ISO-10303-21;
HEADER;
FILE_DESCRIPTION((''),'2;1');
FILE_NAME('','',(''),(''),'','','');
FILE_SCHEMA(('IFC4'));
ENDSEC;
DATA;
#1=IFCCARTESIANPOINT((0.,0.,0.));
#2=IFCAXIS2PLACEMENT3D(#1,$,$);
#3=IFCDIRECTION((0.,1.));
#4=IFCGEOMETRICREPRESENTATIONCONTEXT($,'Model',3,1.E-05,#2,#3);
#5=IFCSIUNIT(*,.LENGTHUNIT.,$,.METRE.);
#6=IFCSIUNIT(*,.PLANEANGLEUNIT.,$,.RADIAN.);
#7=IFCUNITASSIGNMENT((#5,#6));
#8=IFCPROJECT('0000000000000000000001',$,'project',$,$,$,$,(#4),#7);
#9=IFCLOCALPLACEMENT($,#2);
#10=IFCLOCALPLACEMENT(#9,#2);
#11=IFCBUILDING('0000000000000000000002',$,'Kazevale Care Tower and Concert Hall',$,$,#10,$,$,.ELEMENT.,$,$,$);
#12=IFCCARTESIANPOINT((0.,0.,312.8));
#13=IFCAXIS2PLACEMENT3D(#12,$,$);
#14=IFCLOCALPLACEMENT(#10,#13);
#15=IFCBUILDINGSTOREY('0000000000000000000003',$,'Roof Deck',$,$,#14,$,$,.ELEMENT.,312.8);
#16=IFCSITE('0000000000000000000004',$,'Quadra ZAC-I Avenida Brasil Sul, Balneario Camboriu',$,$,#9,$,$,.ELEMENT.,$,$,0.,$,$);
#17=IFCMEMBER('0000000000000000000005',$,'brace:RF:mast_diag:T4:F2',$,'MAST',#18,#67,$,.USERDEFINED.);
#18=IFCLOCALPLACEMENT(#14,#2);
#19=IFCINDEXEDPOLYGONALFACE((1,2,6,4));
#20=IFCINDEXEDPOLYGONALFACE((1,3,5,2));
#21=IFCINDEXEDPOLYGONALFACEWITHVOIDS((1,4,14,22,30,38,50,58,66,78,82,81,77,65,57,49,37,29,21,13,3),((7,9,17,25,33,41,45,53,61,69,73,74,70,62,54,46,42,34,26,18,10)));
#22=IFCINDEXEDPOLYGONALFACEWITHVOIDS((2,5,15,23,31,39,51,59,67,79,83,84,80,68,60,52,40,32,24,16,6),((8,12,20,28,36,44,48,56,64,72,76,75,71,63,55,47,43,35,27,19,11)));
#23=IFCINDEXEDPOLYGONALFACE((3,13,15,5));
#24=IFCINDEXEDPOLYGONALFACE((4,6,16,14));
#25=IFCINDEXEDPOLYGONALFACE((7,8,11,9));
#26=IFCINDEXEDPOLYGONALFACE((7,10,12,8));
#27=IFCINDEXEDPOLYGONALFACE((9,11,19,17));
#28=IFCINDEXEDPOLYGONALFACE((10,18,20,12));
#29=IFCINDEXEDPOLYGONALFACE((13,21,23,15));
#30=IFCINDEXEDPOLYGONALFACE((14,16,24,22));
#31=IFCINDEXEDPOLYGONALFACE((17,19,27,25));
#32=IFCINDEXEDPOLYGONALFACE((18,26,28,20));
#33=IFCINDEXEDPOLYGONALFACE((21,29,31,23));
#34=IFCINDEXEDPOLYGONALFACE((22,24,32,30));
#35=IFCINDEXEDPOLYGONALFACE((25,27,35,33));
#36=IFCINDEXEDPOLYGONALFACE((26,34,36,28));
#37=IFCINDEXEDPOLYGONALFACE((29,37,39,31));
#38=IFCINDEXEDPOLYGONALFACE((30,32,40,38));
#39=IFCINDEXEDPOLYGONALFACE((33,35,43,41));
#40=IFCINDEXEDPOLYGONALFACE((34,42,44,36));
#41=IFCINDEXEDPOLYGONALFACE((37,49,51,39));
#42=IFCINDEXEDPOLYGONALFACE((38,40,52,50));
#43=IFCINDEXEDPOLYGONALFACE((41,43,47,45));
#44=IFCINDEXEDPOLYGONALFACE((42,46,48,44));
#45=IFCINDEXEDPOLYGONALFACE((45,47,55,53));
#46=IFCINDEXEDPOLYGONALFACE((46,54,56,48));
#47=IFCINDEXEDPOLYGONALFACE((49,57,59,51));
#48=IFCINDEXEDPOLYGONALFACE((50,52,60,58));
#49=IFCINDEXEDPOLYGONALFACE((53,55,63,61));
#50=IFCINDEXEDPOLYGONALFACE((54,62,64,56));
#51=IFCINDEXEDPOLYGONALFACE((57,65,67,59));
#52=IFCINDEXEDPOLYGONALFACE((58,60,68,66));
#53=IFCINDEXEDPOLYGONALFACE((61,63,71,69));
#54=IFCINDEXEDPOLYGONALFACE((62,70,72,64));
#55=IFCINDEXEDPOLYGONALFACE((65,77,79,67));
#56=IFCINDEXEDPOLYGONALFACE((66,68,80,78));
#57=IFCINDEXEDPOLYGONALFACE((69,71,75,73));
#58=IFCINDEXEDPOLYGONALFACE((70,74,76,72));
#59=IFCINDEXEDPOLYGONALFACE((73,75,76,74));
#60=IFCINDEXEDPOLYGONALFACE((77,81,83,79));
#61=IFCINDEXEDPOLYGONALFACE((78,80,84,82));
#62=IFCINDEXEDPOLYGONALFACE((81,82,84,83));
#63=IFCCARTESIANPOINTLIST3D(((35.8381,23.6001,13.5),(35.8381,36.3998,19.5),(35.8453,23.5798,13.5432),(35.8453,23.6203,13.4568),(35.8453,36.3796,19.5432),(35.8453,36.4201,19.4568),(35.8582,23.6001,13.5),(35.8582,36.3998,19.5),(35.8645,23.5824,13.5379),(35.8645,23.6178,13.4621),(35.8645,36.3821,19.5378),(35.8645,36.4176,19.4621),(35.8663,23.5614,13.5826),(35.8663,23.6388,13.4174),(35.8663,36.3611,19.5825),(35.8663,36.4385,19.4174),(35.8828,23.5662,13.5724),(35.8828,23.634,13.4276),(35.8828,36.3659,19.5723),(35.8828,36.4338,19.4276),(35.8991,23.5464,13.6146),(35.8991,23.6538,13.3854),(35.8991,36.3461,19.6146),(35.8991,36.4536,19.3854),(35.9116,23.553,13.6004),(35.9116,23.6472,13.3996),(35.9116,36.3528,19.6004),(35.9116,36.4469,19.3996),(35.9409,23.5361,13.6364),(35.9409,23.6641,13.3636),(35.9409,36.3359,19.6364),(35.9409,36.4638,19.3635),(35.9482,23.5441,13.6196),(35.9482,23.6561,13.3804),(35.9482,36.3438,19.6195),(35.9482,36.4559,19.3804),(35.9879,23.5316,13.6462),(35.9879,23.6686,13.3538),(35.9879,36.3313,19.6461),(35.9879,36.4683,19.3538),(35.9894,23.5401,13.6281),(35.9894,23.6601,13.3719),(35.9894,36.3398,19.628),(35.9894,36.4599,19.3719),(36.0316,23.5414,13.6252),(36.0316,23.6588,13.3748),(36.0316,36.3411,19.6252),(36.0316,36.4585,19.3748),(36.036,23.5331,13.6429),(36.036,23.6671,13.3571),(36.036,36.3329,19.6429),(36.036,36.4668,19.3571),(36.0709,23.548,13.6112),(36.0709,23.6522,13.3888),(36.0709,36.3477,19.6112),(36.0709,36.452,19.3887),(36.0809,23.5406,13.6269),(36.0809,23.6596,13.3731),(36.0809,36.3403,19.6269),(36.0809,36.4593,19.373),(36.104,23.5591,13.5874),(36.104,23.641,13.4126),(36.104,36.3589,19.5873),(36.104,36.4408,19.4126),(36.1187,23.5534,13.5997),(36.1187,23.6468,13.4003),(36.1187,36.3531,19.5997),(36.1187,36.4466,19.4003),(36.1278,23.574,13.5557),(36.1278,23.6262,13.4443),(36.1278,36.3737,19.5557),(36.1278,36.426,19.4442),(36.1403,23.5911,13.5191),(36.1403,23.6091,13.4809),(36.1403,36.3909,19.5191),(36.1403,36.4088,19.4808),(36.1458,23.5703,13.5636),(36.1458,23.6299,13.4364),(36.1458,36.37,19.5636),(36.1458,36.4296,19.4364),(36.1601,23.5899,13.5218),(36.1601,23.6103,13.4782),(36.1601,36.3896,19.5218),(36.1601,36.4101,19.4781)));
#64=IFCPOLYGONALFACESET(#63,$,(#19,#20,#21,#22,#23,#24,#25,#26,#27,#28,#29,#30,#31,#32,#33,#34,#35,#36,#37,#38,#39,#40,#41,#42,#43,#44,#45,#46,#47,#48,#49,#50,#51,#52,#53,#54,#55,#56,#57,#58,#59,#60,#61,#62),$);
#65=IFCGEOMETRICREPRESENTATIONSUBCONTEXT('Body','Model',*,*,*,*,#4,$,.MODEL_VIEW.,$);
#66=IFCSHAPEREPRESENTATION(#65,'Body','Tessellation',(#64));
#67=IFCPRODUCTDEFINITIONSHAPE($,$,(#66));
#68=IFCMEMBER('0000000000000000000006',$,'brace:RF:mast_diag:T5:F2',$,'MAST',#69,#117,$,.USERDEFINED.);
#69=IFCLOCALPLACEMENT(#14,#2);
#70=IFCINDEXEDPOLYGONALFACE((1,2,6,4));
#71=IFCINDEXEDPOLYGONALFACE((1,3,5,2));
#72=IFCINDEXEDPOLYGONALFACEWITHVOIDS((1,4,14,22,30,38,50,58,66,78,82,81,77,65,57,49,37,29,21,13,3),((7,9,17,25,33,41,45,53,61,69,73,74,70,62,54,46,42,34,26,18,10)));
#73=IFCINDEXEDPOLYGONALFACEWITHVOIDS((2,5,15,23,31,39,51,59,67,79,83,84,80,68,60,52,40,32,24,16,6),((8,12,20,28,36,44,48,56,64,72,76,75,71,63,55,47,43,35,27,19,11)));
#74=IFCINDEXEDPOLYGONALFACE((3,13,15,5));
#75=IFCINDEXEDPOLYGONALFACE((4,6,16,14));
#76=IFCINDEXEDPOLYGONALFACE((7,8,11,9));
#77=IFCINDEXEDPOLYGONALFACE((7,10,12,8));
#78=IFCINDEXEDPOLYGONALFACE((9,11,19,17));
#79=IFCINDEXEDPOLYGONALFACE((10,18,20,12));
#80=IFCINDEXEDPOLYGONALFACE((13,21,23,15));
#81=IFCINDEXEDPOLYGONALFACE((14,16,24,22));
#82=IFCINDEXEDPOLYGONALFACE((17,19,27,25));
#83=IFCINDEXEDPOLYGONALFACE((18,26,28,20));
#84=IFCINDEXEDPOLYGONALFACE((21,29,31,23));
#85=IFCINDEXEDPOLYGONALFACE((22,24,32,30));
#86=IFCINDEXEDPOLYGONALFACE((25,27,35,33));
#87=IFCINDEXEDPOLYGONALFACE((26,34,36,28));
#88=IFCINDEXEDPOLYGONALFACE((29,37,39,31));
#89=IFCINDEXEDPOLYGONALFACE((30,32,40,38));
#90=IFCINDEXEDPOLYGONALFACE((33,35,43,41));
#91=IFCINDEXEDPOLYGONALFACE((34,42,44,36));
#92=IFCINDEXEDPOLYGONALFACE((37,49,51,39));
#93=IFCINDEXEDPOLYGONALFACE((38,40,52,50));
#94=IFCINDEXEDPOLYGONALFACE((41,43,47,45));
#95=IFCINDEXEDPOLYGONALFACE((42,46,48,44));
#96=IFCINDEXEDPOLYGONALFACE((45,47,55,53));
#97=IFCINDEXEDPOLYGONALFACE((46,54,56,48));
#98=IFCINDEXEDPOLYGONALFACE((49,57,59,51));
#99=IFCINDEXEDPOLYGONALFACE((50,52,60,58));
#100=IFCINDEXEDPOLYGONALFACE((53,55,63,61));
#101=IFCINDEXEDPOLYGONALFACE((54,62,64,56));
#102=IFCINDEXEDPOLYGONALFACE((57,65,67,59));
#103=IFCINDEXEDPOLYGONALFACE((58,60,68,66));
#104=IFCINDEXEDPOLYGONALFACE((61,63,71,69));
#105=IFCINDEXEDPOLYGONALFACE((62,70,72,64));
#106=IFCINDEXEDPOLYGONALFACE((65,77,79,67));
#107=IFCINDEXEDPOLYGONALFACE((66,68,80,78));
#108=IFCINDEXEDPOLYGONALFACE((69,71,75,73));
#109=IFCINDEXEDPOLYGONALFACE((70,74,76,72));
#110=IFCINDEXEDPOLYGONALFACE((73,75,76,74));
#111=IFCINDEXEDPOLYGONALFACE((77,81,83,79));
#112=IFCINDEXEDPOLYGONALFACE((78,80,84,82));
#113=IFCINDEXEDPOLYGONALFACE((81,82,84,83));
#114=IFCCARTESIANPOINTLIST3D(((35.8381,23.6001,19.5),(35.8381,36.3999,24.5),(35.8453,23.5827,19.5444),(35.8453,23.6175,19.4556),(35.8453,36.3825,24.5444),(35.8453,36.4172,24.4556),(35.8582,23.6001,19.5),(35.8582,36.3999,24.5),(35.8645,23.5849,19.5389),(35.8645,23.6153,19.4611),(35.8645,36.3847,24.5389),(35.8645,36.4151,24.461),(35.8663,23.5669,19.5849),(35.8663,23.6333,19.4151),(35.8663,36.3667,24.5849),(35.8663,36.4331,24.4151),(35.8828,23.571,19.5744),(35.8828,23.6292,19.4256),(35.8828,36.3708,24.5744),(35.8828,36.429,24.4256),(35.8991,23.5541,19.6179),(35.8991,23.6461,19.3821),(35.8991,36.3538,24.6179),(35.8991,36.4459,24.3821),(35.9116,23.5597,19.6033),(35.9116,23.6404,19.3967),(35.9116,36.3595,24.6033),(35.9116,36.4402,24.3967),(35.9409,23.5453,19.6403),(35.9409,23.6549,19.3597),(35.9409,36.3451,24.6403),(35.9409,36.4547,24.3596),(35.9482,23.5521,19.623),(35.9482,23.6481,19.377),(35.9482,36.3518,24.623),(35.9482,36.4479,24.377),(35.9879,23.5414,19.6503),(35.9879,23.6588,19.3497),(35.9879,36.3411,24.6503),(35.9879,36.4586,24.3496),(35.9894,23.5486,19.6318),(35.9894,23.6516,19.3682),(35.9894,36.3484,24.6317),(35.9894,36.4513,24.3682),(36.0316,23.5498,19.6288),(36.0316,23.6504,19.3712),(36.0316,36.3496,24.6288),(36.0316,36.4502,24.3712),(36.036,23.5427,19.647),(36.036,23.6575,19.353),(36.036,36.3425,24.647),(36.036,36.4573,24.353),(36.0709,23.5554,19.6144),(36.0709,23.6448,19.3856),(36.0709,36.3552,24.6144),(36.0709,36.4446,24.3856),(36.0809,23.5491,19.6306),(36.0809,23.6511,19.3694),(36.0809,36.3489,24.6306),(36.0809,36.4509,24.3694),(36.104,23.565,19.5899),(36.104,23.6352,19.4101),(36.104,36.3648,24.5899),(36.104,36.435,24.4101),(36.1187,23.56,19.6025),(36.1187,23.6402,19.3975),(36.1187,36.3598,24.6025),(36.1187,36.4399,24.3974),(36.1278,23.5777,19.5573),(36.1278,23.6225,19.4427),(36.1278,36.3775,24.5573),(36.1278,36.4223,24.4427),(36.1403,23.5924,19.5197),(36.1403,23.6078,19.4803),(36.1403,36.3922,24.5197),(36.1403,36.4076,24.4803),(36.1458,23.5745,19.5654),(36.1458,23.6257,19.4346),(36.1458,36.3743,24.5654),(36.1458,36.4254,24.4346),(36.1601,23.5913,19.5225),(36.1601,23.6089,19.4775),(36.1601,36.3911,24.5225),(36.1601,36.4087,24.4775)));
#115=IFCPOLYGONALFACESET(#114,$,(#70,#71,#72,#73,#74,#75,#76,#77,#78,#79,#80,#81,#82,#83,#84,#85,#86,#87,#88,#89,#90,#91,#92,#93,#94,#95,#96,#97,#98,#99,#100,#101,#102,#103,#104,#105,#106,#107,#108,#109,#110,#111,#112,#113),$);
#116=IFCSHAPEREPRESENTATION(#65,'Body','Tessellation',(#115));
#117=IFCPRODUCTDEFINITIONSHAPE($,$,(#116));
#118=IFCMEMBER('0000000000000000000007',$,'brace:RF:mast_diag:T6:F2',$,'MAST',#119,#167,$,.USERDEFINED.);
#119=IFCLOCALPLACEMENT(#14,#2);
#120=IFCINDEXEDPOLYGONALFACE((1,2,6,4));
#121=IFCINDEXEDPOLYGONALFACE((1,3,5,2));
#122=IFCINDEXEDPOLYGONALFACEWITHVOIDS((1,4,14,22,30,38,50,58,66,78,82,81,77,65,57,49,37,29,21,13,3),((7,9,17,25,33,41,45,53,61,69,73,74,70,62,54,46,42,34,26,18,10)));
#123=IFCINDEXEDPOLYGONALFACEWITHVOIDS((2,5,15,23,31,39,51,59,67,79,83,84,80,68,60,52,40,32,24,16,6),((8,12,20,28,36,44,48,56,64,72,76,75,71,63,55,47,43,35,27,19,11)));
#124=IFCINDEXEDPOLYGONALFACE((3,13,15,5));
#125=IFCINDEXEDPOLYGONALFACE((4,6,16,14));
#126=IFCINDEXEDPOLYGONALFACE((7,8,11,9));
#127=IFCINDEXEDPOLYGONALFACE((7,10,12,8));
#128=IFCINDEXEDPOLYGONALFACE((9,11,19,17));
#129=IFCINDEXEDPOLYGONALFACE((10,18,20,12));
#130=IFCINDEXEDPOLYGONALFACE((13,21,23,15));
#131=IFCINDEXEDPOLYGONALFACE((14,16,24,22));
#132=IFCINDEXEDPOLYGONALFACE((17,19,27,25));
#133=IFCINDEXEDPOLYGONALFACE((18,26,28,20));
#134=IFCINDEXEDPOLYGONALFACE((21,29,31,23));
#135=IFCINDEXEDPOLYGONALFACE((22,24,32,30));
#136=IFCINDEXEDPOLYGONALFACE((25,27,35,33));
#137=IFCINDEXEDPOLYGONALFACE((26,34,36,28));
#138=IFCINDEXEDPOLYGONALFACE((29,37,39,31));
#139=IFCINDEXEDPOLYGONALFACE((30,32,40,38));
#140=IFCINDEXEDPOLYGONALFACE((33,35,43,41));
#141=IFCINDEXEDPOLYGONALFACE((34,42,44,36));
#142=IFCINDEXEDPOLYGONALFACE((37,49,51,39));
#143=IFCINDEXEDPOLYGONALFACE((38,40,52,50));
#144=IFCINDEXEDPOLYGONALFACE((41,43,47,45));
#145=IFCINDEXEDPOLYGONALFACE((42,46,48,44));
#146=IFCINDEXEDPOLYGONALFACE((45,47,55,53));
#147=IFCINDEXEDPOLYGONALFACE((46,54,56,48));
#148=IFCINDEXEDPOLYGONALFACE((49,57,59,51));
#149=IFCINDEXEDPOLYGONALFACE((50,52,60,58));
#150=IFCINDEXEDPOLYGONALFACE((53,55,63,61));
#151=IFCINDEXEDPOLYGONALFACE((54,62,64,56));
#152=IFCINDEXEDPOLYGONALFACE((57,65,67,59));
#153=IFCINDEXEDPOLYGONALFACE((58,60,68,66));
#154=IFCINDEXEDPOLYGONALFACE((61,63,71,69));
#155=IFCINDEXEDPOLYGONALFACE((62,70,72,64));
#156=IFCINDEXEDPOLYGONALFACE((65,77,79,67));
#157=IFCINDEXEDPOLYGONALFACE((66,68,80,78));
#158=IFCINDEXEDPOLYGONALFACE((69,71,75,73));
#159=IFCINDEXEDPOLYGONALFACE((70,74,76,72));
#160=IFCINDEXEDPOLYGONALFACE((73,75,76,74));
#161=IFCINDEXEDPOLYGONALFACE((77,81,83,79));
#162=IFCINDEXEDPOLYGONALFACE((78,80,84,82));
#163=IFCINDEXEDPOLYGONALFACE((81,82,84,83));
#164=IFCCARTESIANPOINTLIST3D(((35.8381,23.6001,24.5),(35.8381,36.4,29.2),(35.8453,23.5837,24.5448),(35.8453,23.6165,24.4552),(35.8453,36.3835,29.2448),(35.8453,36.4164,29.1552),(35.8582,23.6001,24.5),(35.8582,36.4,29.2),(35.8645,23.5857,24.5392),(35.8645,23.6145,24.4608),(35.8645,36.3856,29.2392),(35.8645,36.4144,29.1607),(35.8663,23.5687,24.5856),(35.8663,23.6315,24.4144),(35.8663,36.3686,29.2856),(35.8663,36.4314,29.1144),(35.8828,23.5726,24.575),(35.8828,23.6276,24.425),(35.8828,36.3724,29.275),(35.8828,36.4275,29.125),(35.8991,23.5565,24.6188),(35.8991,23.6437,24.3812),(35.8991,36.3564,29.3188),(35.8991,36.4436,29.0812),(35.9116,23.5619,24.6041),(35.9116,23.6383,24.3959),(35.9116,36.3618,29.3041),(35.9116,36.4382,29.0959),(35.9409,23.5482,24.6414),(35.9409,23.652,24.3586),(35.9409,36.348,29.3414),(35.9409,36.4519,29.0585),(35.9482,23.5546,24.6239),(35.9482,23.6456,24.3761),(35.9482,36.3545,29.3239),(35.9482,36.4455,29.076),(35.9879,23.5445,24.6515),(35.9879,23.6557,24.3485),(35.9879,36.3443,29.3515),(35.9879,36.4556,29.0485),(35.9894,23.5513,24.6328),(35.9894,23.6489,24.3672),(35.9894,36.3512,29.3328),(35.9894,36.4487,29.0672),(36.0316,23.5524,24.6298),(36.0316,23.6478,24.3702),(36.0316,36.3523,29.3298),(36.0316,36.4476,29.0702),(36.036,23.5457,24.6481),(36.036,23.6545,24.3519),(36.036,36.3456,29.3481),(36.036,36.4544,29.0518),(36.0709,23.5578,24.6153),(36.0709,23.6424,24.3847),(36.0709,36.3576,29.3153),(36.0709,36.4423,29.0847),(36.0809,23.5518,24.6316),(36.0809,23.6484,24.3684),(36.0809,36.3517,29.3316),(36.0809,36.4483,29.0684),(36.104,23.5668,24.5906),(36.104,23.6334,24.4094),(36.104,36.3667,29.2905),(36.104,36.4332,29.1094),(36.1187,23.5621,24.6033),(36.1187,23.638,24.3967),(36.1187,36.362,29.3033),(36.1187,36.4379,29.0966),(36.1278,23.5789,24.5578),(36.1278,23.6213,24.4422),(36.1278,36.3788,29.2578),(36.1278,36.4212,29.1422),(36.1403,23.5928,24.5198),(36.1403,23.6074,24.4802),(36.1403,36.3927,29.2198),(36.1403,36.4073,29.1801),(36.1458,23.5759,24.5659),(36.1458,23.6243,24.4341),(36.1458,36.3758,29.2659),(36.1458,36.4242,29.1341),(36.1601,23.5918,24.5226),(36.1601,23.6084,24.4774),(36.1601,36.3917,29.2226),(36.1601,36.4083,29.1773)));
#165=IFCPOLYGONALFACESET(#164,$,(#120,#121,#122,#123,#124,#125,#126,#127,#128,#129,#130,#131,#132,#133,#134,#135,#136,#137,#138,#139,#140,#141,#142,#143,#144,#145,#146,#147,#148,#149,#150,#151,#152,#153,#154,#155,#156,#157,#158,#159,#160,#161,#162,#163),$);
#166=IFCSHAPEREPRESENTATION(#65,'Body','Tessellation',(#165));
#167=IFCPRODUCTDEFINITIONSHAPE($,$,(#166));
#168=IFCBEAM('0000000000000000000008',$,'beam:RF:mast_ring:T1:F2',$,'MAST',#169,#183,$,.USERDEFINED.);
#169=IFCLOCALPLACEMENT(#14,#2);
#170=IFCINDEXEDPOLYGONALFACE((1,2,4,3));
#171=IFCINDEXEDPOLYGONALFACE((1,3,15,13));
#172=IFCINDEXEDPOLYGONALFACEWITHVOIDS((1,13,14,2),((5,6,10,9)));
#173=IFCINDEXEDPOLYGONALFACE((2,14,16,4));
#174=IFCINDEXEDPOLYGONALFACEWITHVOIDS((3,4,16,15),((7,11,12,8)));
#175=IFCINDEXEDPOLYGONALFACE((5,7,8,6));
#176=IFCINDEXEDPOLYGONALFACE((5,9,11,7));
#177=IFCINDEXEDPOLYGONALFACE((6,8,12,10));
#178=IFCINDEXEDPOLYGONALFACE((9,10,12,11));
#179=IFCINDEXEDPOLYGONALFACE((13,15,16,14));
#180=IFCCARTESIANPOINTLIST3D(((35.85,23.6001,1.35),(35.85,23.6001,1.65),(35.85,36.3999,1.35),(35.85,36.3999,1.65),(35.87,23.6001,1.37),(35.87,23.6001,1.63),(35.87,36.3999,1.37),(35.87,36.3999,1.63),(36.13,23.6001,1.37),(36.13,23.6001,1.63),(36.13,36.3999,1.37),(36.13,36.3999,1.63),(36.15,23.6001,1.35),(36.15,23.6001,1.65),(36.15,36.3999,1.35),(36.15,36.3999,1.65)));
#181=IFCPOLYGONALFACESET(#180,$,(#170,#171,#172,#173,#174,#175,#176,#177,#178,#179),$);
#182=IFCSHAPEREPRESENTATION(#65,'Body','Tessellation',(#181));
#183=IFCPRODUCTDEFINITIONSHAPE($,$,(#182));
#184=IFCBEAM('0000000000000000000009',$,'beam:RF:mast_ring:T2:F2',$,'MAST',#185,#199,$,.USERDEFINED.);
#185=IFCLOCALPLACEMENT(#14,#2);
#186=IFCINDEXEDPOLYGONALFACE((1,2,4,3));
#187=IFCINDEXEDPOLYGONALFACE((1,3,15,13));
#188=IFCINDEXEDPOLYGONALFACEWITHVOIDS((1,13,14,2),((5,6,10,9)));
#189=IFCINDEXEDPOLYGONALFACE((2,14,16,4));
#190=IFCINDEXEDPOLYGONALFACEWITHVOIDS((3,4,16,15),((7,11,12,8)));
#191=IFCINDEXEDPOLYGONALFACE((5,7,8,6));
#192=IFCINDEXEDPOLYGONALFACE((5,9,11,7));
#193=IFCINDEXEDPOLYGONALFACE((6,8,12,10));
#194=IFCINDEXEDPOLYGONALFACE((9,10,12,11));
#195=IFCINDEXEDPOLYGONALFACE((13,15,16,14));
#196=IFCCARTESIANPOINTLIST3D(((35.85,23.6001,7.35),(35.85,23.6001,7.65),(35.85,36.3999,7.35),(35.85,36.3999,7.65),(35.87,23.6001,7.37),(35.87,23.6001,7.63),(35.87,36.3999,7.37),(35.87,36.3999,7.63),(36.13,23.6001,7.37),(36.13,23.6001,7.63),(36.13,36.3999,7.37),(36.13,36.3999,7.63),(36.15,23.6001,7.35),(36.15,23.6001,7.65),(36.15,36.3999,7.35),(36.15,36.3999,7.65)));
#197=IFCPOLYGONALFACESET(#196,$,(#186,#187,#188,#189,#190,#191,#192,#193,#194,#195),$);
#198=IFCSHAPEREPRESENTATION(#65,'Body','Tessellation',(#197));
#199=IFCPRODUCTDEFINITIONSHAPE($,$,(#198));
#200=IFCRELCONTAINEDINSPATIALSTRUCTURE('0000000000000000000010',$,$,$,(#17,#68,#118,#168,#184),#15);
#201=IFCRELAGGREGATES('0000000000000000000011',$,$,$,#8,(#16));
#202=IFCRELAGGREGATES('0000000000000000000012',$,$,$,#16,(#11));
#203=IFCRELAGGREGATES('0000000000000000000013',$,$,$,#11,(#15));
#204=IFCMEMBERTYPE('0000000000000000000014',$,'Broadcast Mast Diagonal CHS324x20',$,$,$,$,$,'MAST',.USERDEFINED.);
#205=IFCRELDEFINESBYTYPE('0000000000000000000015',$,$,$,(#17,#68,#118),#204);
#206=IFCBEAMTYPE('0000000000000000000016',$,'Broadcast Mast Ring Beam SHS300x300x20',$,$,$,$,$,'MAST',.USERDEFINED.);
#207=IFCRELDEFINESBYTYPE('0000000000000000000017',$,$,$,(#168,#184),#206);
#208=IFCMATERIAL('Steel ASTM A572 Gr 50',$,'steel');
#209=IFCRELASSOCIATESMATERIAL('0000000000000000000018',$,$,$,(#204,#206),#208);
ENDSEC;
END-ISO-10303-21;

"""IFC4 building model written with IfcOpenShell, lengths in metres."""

from ifc_helpers import new_model, si_unit, direction, frame, origin, origin_2d, place, context, subcontext, project, spatial, hollow_rectangle, hollow_circle, extrude, material, material_profile, profile_set, type_object, element, save


model = new_model("IFC4")

# Units and contexts
model_context = context("Model", 3, precision=1e-05, world=origin(), true_north=direction((0.0, 1.0)))
body_context = subcontext(model_context, "Body", "Model", "MODEL_VIEW")
ifc_project = project(units=[si_unit("LENGTHUNIT", "METRE"), si_unit("PLANEANGLEUNIT", "RADIAN")], contexts=[model_context])

# Site, building, storey
site_placement = place(None, origin())
site = spatial("IfcSite", under=ifc_project, at=site_placement, Name="Quadra ZAC-I Avenida Brasil Sul, Balneario Camboriu", CompositionType="ELEMENT", RefElevation=0.0)
building_placement = place(site_placement, origin())
building = spatial("IfcBuilding", under=site, at=building_placement, Name="Kazevale Care Tower and Concert Hall", CompositionType="ELEMENT")
storey_placement = place(building_placement, frame((0.0, 0.0, 312.8)))
storey = spatial("IfcBuildingStorey", under=building, at=storey_placement, Name="Roof Deck", CompositionType="ELEMENT", Elevation=312.8)

# Shared definitions
ifc_material_1 = material(Name="Steel ASTM A572 Gr 50", Category="steel")

# Members
ifc_material_profile_1 = material_profile(ifc_material_1, hollow_circle(Radius=0.1619, WallThickness=0.02, at=origin_2d()), Name="CHS324x20")
ifc_profile_set_1 = profile_set([ifc_material_profile_1], Name="Steel ASTM A572 Gr 50")
member_type = type_object("IfcMemberType", Name="Broadcast Mast Diagonal CHS324x20", ElementType="MAST", PredefinedType="USERDEFINED", material=ifc_profile_set_1)
for number, where, z_axis, x_axis, name in (
    (1, (36.0, 23.6001, 13.5), (0.0, 0.905456, 0.424439), (-1.0, 0.0, 0.0), "brace:RF:mast_diag:T4:F2"),
):
    element("IfcMember", number, at=place(storey_placement, frame(where, z_axis=z_axis, x_axis=x_axis)), inside=storey, type_object=member_type, Name=name, ObjectType="MAST", PredefinedType="USERDEFINED", context=body_context, shape_type="SweptSolid", body=[
        extrude(hollow_circle(Radius=0.1619, WallThickness=0.02, at=origin_2d()), origin(), (0.0, 0.0, 1.0), 14.1362),
    ])
member_1_placement = place(storey_placement, frame((36.0, 23.6001, 19.5), z_axis=(0.0, 0.931455, 0.363855), x_axis=(-1.0, 0.0, 0.0)))
element("IfcMember", 2, at=member_1_placement, inside=storey, type_object=member_type, Name="brace:RF:mast_diag:T5:F2", ObjectType="MAST", PredefinedType="USERDEFINED", context=body_context, shape_type="SweptSolid", body=[
    extrude(hollow_circle(Radius=0.1619, WallThickness=0.02, at=origin_2d()), origin(), (0.0, 0.0, 1.0), 13.7417),
])
member_2_placement = place(storey_placement, frame((36.0, 23.6001, 24.5), z_axis=(0.0, 0.938718, 0.344687), x_axis=(-1.0, 0.0, 0.0)))
element("IfcMember", 3, at=member_2_placement, inside=storey, type_object=member_type, Name="brace:RF:mast_diag:T6:F2", ObjectType="MAST", PredefinedType="USERDEFINED", context=body_context, shape_type="SweptSolid", body=[
    extrude(hollow_circle(Radius=0.1619, WallThickness=0.02, at=origin_2d()), origin(), (0.0, 0.0, 1.0), 13.6355),
])

# Beams
ifc_material_profile_2 = material_profile(ifc_material_1, hollow_rectangle(XDim=0.3, YDim=0.3, WallThickness=0.02, at=origin_2d()), Name="SHS300x300x20")
ifc_profile_set_2 = profile_set([ifc_material_profile_2], Name="Steel ASTM A572 Gr 50")
beam_type = type_object("IfcBeamType", Name="Broadcast Mast Ring Beam SHS300x300x20", ElementType="MAST", PredefinedType="USERDEFINED", material=ifc_profile_set_2)
for number, where, z_axis, x_axis, name in (
    (4, (36.0, 23.6001, 1.5), (0.0, 1.0, 0.0), (-1.0, 0.0, 0.0), "beam:RF:mast_ring:T1:F2"),
    (5, (36.0, 23.6001, 7.5), (0.0, 1.0, 0.0), (-1.0, 0.0, 0.0), "beam:RF:mast_ring:T2:F2"),
):
    element("IfcBeam", number, at=place(storey_placement, frame(where, z_axis=z_axis, x_axis=x_axis)), inside=storey, type_object=beam_type, Name=name, ObjectType="MAST", PredefinedType="USERDEFINED", context=body_context, shape_type="SweptSolid", body=[
        extrude(hollow_rectangle(XDim=0.3, YDim=0.3, WallThickness=0.02, at=origin_2d()), origin(), (0.0, 0.0, 1.0), 12.7998),
    ])

save(model, "model.ifc")
